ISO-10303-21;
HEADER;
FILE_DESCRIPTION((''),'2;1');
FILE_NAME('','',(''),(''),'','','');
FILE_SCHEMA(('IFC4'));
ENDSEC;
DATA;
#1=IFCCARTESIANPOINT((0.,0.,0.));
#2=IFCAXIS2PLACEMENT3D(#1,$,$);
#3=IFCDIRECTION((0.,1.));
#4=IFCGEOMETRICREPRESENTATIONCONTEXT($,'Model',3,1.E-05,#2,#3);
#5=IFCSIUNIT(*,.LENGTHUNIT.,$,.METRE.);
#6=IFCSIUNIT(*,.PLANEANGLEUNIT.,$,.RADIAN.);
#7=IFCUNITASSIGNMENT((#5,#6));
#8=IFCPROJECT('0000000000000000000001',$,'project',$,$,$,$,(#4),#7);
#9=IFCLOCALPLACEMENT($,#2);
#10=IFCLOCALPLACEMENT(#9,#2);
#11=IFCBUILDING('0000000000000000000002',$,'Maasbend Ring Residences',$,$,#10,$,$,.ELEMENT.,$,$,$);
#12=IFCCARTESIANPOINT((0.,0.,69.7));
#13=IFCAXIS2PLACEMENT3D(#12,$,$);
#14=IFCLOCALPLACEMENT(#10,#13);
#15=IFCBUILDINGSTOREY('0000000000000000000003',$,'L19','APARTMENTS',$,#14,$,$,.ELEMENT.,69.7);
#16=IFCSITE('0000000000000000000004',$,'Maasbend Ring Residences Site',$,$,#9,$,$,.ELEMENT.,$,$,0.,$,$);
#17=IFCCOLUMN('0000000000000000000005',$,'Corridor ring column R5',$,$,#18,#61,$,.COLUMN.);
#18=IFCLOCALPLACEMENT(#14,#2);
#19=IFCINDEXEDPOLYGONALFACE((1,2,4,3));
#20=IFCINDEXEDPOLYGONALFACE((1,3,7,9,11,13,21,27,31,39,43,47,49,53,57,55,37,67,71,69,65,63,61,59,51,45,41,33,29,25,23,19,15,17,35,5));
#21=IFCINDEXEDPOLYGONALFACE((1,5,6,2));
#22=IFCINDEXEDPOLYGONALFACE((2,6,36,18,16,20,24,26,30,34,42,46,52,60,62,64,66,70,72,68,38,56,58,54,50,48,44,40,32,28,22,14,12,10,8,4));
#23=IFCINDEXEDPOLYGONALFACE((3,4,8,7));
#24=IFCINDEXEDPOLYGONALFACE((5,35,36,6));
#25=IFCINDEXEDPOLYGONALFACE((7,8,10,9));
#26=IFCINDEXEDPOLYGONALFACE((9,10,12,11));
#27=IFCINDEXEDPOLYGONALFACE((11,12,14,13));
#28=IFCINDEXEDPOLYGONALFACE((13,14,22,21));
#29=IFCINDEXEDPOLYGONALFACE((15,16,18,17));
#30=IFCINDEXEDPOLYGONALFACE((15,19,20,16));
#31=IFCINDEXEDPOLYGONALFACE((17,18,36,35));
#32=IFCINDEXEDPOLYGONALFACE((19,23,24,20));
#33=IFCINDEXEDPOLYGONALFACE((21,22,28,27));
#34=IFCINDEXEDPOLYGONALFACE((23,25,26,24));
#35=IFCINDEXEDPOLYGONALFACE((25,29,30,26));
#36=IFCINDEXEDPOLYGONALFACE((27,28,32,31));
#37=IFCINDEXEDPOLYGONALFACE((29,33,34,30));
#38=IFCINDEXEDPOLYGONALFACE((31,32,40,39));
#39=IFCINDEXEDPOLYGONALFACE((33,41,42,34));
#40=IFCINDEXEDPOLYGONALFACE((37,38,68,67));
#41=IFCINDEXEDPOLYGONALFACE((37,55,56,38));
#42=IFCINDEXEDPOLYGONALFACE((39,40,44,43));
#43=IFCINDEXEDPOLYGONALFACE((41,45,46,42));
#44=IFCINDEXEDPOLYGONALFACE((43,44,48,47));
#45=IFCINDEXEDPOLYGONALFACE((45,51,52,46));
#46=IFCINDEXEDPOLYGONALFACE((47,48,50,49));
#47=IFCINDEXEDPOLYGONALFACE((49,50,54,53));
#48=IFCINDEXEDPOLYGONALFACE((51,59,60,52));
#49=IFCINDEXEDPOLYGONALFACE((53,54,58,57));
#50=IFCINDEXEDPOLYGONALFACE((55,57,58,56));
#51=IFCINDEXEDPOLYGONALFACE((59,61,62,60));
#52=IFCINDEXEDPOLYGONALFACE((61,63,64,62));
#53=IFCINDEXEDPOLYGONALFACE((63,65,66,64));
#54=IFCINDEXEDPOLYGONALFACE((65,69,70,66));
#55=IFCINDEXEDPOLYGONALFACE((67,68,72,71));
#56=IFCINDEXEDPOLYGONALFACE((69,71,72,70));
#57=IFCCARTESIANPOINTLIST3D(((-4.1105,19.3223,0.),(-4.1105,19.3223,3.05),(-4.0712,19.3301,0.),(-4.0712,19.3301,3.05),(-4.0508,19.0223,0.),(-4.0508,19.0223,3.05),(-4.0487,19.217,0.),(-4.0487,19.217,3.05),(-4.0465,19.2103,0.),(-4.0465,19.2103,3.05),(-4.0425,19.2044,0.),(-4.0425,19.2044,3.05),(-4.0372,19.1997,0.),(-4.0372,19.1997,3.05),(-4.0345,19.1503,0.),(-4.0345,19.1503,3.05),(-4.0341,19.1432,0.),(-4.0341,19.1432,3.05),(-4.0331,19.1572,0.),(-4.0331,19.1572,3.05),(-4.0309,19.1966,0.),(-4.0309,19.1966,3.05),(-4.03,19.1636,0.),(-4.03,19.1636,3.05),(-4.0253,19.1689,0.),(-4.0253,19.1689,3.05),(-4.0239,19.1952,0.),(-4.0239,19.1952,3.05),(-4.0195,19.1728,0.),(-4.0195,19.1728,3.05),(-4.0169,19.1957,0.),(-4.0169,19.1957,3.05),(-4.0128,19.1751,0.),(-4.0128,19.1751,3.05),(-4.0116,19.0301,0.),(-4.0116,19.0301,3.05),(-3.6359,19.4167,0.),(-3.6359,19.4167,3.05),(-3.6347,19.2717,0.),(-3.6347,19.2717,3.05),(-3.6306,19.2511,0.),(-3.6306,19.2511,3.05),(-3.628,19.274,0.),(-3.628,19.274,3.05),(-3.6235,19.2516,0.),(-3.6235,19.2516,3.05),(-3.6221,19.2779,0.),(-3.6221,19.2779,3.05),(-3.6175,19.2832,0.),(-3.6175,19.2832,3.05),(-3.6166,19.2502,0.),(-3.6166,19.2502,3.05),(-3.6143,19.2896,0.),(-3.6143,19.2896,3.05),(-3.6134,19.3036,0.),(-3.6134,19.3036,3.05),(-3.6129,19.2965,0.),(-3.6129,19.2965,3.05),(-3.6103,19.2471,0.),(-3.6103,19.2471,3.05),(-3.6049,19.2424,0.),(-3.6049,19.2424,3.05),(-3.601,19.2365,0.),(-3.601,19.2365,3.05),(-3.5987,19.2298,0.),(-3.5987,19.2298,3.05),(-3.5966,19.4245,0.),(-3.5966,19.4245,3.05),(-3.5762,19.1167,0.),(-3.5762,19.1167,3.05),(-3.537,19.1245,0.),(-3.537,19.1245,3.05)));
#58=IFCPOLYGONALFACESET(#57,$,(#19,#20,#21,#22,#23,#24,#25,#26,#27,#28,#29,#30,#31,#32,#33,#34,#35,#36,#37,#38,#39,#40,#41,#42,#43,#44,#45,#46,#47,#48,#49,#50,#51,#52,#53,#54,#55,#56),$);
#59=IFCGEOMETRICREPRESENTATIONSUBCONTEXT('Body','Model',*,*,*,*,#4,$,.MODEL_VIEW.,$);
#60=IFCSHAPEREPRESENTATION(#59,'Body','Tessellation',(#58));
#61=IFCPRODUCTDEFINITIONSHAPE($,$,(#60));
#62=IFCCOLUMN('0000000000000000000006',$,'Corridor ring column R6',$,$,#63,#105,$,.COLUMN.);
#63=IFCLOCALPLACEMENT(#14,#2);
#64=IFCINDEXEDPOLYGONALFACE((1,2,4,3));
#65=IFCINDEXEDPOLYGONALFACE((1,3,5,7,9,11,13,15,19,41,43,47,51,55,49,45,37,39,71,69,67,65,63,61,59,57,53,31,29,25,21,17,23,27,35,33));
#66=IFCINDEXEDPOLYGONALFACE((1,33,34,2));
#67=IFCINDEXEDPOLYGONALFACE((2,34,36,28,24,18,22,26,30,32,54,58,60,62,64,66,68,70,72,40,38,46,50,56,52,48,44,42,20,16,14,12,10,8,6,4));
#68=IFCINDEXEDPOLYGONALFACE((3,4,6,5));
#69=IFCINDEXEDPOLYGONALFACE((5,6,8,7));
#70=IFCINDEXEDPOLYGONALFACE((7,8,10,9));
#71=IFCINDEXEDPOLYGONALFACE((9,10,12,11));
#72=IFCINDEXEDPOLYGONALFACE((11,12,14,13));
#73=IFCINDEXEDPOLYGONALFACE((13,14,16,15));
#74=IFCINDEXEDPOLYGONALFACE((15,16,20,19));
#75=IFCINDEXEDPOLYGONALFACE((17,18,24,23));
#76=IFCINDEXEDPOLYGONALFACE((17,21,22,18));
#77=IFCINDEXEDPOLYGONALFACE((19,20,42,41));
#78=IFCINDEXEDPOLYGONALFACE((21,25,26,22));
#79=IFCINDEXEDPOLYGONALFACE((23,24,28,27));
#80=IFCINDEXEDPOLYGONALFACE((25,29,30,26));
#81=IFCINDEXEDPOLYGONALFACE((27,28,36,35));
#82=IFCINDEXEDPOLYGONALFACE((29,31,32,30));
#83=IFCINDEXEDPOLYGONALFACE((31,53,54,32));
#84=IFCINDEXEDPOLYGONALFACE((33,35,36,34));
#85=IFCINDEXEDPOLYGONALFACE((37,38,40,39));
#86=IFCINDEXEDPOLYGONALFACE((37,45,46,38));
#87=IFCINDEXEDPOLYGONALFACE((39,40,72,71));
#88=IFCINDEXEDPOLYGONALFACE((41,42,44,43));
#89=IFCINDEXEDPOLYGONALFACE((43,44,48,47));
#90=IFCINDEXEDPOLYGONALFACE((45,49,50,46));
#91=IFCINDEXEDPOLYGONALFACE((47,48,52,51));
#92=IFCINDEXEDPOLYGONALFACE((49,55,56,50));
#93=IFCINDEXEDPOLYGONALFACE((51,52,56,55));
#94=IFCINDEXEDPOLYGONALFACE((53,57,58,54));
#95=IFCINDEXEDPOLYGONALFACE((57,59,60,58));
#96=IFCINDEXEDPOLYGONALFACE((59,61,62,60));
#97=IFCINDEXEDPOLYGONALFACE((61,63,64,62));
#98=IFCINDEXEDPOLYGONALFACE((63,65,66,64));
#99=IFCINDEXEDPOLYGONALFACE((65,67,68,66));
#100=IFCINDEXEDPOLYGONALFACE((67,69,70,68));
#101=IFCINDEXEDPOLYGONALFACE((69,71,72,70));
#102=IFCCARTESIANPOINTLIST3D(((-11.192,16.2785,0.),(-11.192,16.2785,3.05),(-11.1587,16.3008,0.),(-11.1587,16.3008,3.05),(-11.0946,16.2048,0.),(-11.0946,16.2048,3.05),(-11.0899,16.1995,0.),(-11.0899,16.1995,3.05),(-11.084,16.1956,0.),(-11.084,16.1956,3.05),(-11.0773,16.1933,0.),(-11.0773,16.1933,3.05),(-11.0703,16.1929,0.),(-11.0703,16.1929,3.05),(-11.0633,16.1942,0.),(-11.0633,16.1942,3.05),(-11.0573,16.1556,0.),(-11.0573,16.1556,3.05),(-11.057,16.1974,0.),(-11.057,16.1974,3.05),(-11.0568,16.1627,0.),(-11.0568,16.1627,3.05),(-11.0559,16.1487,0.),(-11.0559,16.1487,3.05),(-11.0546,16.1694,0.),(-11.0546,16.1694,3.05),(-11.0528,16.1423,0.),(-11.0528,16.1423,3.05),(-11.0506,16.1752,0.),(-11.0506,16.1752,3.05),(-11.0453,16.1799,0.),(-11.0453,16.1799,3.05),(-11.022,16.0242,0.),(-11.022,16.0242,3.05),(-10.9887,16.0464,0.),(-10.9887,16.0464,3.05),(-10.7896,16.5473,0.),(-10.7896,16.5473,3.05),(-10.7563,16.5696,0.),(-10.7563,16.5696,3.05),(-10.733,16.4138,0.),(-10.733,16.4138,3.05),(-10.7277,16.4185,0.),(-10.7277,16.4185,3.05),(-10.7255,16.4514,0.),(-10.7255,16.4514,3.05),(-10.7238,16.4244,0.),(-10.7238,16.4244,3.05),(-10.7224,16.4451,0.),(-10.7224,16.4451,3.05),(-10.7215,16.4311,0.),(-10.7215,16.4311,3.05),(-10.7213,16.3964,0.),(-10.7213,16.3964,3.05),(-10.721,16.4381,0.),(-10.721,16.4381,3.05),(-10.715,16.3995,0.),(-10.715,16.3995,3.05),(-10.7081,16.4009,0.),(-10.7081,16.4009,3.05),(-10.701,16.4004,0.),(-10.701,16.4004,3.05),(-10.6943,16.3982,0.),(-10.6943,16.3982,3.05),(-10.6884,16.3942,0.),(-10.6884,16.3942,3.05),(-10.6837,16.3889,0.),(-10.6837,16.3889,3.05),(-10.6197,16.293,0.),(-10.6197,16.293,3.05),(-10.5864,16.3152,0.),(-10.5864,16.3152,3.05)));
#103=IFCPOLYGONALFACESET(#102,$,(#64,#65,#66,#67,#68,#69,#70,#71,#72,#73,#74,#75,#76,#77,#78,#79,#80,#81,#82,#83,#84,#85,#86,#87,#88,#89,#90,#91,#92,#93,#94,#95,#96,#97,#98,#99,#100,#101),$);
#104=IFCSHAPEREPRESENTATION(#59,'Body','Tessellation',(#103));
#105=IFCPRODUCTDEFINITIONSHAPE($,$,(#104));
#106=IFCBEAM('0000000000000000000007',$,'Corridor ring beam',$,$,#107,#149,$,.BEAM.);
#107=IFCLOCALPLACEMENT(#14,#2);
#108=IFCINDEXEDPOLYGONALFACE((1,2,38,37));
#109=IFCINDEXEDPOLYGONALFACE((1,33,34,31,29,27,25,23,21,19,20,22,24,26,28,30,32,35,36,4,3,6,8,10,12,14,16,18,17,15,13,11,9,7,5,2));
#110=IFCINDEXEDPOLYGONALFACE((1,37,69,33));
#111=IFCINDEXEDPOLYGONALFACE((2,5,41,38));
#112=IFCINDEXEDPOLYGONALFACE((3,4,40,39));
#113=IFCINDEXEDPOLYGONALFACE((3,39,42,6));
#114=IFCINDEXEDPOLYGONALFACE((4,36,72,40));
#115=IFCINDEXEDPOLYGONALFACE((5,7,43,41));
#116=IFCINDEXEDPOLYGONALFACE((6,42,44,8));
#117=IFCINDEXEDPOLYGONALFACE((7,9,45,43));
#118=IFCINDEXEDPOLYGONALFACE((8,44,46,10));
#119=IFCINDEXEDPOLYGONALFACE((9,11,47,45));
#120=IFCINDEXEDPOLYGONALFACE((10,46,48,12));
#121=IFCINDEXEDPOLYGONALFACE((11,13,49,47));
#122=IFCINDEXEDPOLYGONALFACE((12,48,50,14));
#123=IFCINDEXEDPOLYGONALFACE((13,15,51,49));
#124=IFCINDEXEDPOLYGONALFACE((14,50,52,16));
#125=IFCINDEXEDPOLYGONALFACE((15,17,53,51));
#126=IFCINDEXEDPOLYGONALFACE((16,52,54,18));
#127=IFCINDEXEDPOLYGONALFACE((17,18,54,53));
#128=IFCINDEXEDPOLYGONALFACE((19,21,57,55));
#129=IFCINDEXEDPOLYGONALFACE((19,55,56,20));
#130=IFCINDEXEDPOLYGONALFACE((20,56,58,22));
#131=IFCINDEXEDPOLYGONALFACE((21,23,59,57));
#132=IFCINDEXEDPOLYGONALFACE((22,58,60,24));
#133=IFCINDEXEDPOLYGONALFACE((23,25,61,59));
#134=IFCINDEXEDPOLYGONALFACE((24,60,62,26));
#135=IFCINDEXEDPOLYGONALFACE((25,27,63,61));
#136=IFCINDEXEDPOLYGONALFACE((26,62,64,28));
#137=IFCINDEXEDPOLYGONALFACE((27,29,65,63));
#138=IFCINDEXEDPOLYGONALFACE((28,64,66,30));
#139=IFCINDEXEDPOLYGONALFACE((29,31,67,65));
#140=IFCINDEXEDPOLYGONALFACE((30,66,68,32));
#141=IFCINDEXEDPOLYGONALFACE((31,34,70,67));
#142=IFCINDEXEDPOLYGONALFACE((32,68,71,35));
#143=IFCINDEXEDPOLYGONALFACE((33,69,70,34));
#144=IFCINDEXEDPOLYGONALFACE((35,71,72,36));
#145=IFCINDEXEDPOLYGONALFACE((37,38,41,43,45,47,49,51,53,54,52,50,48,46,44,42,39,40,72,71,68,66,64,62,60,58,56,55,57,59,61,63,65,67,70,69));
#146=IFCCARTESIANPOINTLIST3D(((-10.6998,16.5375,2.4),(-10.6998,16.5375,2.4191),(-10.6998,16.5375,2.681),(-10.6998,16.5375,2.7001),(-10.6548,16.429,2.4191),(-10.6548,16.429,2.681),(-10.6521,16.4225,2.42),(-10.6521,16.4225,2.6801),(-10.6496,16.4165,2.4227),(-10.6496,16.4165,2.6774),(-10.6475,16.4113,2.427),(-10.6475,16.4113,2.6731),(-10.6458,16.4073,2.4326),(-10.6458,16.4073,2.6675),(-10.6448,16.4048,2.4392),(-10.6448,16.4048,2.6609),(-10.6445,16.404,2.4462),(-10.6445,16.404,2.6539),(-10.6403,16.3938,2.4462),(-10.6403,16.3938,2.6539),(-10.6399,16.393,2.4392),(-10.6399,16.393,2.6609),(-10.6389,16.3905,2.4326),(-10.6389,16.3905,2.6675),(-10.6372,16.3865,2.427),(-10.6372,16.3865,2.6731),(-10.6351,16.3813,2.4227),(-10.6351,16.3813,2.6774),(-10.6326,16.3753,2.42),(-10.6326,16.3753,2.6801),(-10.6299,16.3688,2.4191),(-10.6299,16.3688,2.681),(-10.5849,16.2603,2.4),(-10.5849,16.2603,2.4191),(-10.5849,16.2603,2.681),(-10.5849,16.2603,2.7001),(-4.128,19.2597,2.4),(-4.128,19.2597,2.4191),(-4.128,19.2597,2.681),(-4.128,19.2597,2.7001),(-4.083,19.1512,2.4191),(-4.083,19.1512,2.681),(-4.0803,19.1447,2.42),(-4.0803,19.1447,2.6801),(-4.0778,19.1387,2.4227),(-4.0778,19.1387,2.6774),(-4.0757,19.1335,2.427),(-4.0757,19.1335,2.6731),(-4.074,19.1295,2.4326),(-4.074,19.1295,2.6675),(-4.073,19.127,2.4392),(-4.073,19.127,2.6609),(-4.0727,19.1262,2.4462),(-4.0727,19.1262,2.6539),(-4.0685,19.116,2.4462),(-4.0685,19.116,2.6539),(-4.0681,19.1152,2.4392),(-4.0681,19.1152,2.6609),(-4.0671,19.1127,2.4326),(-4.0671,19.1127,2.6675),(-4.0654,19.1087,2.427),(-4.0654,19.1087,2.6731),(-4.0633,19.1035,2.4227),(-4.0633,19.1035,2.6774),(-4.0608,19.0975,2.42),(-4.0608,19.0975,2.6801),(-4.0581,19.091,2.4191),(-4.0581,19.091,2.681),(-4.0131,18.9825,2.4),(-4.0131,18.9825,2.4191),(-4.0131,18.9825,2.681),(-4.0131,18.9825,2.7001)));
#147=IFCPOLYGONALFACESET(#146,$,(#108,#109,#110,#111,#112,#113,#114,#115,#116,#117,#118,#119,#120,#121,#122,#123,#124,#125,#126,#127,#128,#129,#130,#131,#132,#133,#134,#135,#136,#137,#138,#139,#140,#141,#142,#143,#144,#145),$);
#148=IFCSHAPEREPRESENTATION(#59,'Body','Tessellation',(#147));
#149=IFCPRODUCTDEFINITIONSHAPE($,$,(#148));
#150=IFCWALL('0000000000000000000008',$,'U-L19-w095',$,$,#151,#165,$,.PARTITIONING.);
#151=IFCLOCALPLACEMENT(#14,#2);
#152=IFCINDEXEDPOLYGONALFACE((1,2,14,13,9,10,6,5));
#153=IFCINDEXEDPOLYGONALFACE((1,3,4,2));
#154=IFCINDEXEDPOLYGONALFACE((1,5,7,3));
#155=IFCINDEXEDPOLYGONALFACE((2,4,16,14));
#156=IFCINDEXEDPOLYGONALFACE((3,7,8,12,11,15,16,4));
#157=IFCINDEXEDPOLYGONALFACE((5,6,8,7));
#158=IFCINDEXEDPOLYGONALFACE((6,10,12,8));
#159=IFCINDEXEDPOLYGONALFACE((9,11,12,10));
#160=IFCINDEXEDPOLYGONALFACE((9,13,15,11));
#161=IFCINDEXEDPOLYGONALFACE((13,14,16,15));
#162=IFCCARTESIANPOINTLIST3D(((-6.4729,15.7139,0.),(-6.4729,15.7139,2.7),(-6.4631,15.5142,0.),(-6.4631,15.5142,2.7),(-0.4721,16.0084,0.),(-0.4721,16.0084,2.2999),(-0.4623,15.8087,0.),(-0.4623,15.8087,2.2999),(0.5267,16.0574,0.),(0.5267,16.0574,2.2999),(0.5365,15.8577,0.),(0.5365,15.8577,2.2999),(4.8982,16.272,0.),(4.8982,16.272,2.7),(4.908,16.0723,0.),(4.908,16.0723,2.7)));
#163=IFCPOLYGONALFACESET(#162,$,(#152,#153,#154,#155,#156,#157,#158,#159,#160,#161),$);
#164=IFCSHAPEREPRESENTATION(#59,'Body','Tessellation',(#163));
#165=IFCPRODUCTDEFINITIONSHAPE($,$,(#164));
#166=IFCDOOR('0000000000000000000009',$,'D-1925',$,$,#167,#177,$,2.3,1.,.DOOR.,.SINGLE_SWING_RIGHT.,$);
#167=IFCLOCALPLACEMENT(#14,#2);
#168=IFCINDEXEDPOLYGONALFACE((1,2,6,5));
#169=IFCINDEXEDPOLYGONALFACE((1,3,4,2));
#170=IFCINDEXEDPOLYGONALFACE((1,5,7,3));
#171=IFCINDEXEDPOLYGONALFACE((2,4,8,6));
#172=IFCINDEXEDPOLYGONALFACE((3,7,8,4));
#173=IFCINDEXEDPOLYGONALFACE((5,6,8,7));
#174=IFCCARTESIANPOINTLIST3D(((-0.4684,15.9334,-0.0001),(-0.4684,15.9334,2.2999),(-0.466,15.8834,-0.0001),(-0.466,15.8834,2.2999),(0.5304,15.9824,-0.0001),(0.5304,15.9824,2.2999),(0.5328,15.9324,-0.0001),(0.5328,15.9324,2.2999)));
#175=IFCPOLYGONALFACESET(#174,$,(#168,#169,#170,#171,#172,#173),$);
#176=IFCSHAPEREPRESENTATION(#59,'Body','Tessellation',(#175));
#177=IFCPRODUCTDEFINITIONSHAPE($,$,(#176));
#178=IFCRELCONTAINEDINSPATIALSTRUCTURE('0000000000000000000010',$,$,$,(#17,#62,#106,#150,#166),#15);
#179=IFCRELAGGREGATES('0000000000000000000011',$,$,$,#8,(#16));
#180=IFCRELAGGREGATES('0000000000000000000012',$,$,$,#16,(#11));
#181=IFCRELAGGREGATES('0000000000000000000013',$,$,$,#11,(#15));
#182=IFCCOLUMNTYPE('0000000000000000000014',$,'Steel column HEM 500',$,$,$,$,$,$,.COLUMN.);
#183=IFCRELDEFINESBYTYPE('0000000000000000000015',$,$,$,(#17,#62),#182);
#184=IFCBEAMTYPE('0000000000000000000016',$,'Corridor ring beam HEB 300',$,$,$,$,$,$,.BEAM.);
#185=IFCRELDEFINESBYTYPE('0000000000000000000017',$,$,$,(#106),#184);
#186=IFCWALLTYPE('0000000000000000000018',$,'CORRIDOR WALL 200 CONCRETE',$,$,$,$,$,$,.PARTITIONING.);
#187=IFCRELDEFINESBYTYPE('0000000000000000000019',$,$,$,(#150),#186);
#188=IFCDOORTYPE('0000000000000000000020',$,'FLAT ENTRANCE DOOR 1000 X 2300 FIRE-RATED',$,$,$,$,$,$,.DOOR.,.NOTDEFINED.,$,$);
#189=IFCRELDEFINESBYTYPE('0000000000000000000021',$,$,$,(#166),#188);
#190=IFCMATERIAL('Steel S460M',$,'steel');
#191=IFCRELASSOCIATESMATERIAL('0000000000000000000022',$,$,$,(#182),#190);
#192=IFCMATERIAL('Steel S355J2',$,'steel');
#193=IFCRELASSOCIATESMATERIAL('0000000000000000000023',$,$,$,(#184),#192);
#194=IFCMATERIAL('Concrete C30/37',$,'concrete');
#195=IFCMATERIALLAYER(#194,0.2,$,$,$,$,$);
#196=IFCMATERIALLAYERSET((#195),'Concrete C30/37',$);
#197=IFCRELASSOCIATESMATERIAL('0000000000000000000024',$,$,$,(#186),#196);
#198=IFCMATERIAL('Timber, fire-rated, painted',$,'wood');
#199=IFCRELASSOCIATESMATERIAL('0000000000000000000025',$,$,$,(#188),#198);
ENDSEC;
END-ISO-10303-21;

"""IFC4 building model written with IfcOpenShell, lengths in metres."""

from ifc_helpers import new_model, si_unit, direction, frame, frame_2d, origin, origin_2d, place, context, subcontext, project, spatial, rectangle, i_section, extrude, material, layer, layer_set, material_profile, profile_set, type_object, element, fill, save


model = new_model("IFC4")

# Units and contexts
model_context = context("Model", 3, precision=1e-05, world=origin(), true_north=direction((0.0, 1.0)))
body_context = subcontext(model_context, "Body", "Model", "MODEL_VIEW")
ifc_project = project(units=[si_unit("LENGTHUNIT", "METRE"), si_unit("PLANEANGLEUNIT", "RADIAN")], contexts=[model_context])

# Site, building, storey
site_placement = place(None, origin())
site = spatial("IfcSite", under=ifc_project, at=site_placement, Name="Maasbend Ring Residences Site", CompositionType="ELEMENT", RefElevation=0.0)
building_placement = place(site_placement, origin())
building = spatial("IfcBuilding", under=site, at=building_placement, Name="Maasbend Ring Residences", CompositionType="ELEMENT")
storey_placement = place(building_placement, frame((0.0, 0.0, 69.7)))
storey = spatial("IfcBuildingStorey", under=building, at=storey_placement, Name="L19", Description="APARTMENTS", CompositionType="ELEMENT", Elevation=69.7)

# Columns
ifc_material_1 = material(Name="Steel S460M", Category="steel")
ifc_material_profile_1 = material_profile(ifc_material_1, i_section(OverallWidth=0.3059, OverallDepth=0.5239, WebThickness=0.021, FlangeThickness=0.04, FilletRadius=0.0271, at=origin_2d()), Name="HEM 500")
ifc_profile_set_1 = profile_set([ifc_material_profile_1], Name="Steel S460M")
column_type = type_object("IfcColumnType", Name="Steel column HEM 500", PredefinedType="COLUMN", material=ifc_profile_set_1)
for number, where, z_axis, x_axis, name in (
    (1, (-3.8237, 19.2234, 0.0), (0.0, 0.0, 1.0), (-0.19509, 0.980785, 0.0), "Corridor ring column R5"),
    (2, (-10.8892, 16.2969, 0.0), (0.0, 0.0, 1.0), (-0.55557, 0.83147, 0.0), "Corridor ring column R6"),
):
    element("IfcColumn", number, at=place(storey_placement, frame(where, z_axis=z_axis, x_axis=x_axis)), inside=storey, type_object=column_type, Name=name, PredefinedType="COLUMN", context=body_context, shape_type="SweptSolid", body=[
        extrude(i_section(OverallWidth=0.3059, OverallDepth=0.5239, WebThickness=0.021, FlangeThickness=0.04, FilletRadius=0.0271, at=origin_2d()), origin(), (0.0, 0.0, 1.0), 3.05),
    ])

# Beam
ifc_material_2 = material(Name="Steel S355J2", Category="steel")
ifc_material_profile_2 = material_profile(ifc_material_2, i_section(OverallWidth=0.3, OverallDepth=0.3, WebThickness=0.011, FlangeThickness=0.019, FilletRadius=0.0271, at=origin_2d()), Name="HEB 300")
ifc_profile_set_2 = profile_set([ifc_material_profile_2], Name="Steel S355J2")
beam_type = type_object("IfcBeamType", Name="Corridor ring beam HEB 300", PredefinedType="BEAM", material=ifc_profile_set_2)
beam_placement = place(storey_placement, frame((-4.0706, 19.1211, 2.55), z_axis=(-0.923877, -0.382689, 0.0), x_axis=(0.382689, -0.923877, 0.0)))
element("IfcBeam", 3, at=beam_placement, inside=storey, type_object=beam_type, Name="Corridor ring beam", PredefinedType="BEAM", context=body_context, shape_type="SweptSolid", body=[
    extrude(i_section(OverallWidth=0.3, OverallDepth=0.3, WebThickness=0.011, FlangeThickness=0.019, FilletRadius=0.0271, at=origin_2d()), origin(), (0.0, 0.0, 1.0), 7.1133),
])

# Wall, opening, door
ifc_material_3 = material(Name="Concrete C30/37", Category="concrete")
ifc_layer_1 = layer(ifc_material_3, 0.2)
ifc_layer_set_1 = layer_set([ifc_layer_1], Name="Concrete C30/37")
wall_type_1 = type_object("IfcWallType", Name="CORRIDOR WALL 200 CONCRETE", PredefinedType="PARTITIONING", material=ifc_layer_set_1)
wall_1_placement = place(storey_placement, frame((-6.468, 15.614, 0.0), z_axis=(0.0, 0.0, 1.0), x_axis=(0.998798, 0.049022, 0.0)))
wall_1 = element("IfcWall", 4, at=wall_1_placement, inside=storey, type_object=wall_type_1, Name="U-L19-w095", PredefinedType="PARTITIONING", context=body_context, shape_type="SweptSolid", body=[
    extrude(rectangle(XDim=11.3848, YDim=0.2, at=frame_2d((5.6924, 0.0))), origin(), (0.0, 0.0, 1.0), 2.7),
])
opening_1_placement = place(wall_1_placement, frame((6.0081, 0.0, 0.0)))
opening_1 = element("IfcOpeningElement", 5, at=opening_1_placement, cuts=wall_1, PredefinedType="OPENING", context=body_context, shape_type="SweptSolid", body=[
    extrude(rectangle(XDim=1.0, YDim=2.3, at=frame_2d((0.5, 1.1499))), frame((0.0, 0.1099, 0.0), z_axis=(0.0, -1.0, 0.0), x_axis=(1.0, 0.0, 0.0)), (0.0, 0.0, 1.0), 0.22),
])
ifc_material_4 = material(Name="Timber, fire-rated, painted", Category="wood")
door_type_1 = type_object("IfcDoorType", Name="FLAT ENTRANCE DOOR 1000 X 2300 FIRE-RATED", OperationType="NOTDEFINED", PredefinedType="DOOR", material=ifc_material_4)
door_1_placement = place(opening_1_placement, origin())
door_1 = element("IfcDoor", 6, at=door_1_placement, inside=storey, type_object=door_type_1, Name="D-1925", OperationType="SINGLE_SWING_RIGHT", OverallHeight=2.3, OverallWidth=1.0, PredefinedType="DOOR", context=body_context, shape_type="SweptSolid", body=[
    extrude(rectangle(XDim=1.0, YDim=2.3, at=frame_2d((0.5, 1.1499))), frame((0.0, 0.0249, 0.0), z_axis=(0.0, -1.0, 0.0), x_axis=(1.0, 0.0, 0.0)), (0.0, 0.0, 1.0), 0.05),
])
fill(opening_1, door_1)

save(model, "model.ifc")
